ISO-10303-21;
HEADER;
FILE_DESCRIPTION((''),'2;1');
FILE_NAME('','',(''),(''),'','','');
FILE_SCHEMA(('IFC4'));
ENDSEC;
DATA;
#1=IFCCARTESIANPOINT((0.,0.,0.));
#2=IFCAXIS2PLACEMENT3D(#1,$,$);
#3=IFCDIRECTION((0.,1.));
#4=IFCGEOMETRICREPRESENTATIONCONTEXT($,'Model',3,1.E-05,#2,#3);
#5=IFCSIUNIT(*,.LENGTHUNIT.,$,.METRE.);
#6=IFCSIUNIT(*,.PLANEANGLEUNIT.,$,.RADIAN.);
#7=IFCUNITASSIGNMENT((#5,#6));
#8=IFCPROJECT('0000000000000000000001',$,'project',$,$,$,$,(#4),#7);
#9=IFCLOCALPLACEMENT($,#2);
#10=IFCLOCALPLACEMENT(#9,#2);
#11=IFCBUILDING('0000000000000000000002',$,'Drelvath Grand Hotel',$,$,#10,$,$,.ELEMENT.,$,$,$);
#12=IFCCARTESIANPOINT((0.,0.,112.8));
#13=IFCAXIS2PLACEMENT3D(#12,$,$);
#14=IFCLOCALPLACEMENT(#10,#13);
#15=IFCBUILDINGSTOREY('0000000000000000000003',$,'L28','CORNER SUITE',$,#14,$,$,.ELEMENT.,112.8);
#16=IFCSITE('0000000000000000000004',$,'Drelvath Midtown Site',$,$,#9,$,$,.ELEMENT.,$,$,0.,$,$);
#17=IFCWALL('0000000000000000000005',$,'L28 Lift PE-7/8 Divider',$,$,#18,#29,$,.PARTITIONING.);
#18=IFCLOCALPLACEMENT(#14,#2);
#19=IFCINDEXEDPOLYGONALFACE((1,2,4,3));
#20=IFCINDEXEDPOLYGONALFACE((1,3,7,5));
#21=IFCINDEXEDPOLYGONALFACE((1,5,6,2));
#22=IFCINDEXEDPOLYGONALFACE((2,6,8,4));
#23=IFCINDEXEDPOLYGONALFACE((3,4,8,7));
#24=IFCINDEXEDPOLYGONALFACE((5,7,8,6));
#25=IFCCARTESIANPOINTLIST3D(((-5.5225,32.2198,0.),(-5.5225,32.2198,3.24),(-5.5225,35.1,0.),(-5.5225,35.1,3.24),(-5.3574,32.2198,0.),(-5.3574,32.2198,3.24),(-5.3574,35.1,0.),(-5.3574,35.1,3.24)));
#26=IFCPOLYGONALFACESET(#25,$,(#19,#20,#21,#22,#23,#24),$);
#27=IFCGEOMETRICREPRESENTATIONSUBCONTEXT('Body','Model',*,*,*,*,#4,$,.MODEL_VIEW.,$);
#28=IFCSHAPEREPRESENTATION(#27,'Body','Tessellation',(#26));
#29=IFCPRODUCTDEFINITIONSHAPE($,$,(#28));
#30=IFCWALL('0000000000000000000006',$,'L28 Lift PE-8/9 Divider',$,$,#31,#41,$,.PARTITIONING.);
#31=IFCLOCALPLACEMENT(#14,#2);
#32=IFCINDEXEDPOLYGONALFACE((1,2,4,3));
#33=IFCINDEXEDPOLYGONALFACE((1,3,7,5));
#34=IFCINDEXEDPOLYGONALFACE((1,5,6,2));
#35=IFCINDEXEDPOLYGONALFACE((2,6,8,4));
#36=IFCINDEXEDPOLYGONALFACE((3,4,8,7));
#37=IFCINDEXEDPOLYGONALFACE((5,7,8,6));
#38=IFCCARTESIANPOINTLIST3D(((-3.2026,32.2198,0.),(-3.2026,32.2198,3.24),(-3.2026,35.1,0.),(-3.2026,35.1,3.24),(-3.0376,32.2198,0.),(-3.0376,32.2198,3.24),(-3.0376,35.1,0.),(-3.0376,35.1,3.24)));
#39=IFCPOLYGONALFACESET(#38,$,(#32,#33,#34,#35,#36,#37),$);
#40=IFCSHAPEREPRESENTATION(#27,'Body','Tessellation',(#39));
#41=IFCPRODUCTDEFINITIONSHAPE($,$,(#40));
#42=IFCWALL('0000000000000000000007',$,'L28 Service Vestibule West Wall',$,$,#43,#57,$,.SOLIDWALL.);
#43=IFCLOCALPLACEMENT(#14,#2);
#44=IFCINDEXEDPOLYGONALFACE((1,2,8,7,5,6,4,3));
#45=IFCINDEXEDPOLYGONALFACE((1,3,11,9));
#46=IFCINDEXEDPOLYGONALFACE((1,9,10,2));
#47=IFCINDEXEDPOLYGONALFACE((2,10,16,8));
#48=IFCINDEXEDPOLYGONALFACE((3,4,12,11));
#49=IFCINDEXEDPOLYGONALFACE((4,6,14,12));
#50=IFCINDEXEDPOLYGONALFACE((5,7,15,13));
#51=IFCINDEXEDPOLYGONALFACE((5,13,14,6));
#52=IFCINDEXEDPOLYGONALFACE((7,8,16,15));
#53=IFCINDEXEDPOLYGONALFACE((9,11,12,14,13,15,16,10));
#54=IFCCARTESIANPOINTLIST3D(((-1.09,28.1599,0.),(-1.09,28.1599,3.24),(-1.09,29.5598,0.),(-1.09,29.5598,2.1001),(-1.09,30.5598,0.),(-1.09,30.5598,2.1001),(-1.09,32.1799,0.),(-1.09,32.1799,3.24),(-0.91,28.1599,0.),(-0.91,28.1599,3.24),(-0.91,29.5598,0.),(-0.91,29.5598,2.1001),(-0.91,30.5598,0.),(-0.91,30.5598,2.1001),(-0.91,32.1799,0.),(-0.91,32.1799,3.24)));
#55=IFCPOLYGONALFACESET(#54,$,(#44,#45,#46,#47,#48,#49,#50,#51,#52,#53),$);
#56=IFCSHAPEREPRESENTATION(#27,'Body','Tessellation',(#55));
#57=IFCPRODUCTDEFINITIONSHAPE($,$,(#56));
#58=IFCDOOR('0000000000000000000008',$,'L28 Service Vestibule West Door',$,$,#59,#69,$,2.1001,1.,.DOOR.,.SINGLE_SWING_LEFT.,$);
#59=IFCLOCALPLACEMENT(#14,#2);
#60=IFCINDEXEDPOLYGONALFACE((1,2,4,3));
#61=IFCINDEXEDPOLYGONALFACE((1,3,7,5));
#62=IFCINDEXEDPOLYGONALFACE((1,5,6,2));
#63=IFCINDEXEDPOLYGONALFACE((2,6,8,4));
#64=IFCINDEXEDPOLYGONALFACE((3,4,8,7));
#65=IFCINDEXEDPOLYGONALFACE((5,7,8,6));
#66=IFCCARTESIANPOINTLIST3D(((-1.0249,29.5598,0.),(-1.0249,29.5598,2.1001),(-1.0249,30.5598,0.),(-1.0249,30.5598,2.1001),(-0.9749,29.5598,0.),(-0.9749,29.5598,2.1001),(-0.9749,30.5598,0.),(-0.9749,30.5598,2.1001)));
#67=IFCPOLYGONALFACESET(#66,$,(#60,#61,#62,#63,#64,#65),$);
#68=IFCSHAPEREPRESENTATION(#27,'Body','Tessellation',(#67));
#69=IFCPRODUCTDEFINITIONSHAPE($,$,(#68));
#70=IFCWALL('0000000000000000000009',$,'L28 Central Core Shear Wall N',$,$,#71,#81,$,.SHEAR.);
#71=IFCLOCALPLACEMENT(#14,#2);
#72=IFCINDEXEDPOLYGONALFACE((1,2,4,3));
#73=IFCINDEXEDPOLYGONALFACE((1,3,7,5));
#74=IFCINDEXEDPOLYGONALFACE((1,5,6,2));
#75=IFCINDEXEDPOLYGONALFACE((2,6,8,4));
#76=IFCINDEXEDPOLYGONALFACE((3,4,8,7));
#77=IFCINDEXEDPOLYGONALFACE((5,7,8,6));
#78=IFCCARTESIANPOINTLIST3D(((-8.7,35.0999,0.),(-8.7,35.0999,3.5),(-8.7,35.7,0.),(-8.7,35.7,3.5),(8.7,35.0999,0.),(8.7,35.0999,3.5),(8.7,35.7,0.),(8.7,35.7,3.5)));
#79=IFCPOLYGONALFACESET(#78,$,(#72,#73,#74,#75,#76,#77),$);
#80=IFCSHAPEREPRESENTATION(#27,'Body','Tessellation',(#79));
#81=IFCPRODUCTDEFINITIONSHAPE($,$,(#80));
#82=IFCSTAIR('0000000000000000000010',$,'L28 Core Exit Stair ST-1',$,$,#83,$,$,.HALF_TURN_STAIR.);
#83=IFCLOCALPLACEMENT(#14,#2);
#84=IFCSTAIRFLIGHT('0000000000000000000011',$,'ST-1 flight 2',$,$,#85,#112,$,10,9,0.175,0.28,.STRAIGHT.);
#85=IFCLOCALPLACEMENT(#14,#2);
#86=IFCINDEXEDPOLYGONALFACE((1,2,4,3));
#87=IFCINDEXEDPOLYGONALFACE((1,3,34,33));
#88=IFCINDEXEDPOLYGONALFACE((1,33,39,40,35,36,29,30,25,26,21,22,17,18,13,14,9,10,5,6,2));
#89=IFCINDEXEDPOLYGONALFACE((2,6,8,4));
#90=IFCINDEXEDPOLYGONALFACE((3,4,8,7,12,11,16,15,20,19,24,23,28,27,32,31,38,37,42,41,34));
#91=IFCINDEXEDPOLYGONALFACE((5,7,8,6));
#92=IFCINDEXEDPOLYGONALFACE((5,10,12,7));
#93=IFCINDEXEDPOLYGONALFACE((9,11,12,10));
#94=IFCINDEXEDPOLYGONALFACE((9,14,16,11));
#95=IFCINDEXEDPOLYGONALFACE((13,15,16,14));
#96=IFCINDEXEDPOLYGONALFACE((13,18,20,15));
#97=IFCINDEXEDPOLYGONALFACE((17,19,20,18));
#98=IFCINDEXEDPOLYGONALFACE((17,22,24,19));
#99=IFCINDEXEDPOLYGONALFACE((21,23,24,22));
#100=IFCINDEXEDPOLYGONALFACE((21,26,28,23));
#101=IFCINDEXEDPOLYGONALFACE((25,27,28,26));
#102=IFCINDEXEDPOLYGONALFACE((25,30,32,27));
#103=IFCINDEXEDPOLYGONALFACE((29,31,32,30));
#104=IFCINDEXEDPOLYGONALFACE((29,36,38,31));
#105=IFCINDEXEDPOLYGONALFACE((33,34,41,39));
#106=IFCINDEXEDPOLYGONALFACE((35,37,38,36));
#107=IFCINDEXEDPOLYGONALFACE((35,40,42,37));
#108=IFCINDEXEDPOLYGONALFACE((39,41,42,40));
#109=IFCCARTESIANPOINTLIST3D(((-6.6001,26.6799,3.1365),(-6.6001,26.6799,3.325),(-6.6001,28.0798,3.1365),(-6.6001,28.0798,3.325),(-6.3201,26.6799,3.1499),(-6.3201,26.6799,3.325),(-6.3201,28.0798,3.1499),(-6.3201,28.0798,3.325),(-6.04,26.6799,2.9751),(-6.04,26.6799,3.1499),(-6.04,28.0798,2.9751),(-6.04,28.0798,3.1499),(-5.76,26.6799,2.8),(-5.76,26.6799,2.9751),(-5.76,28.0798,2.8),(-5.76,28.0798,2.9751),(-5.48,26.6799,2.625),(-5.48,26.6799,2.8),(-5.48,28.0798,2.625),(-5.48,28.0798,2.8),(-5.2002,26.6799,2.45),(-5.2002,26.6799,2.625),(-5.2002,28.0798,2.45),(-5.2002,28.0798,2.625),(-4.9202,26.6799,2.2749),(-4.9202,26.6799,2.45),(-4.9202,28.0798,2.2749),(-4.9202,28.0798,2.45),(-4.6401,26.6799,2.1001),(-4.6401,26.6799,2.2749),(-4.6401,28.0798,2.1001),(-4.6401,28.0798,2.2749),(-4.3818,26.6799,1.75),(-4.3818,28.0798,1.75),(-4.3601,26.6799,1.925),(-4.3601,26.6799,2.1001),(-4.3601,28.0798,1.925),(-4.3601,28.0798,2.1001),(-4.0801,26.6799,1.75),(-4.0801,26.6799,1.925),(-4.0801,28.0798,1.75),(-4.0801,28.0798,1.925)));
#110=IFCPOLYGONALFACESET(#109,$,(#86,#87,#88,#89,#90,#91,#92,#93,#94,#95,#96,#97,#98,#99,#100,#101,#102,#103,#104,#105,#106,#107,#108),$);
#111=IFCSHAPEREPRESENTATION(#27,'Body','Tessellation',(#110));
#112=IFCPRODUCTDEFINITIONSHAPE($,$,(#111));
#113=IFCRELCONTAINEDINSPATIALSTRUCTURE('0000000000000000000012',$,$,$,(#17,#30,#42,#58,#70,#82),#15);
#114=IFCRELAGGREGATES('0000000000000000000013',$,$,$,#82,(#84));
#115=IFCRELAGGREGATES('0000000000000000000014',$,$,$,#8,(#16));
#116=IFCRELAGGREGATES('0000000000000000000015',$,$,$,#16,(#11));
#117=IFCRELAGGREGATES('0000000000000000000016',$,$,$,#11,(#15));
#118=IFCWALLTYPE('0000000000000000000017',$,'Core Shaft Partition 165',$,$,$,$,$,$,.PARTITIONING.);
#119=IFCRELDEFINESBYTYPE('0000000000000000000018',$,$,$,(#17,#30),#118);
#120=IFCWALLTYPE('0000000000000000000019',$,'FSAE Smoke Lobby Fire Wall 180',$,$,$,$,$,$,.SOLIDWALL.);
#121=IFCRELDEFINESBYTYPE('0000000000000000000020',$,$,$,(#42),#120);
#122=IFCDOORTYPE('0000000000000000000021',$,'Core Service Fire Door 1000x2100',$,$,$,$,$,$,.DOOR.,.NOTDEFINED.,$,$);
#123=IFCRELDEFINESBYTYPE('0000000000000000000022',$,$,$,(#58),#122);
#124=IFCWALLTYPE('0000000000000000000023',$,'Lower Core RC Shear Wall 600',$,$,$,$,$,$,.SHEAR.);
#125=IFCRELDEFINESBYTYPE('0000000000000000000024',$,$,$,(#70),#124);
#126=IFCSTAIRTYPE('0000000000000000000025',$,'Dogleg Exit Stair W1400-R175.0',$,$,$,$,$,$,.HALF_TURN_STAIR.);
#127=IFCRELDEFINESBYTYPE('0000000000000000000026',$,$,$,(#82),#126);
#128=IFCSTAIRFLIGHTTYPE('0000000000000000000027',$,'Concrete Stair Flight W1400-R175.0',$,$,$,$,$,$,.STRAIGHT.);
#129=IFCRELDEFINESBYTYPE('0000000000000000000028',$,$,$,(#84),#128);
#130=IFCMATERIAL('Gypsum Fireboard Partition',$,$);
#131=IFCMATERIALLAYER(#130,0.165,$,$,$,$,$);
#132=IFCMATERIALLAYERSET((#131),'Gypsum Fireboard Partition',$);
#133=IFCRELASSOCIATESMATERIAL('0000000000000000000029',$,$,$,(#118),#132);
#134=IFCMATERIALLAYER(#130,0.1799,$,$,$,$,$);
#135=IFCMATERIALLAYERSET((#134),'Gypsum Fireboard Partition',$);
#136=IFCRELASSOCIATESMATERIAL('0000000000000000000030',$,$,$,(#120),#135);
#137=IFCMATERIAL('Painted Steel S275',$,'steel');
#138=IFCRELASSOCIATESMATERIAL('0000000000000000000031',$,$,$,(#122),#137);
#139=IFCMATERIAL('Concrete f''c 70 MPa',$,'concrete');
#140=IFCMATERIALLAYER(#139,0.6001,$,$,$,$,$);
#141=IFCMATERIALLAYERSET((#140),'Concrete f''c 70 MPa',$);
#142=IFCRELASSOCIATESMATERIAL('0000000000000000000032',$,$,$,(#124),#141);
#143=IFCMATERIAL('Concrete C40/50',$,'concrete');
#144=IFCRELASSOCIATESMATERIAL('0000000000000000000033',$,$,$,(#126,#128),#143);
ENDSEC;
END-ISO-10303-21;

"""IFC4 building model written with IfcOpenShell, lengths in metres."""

from ifc_helpers import new_model, si_unit, direction, frame, frame_2d, origin, place, context, subcontext, project, spatial, polyline, rectangle, outline, extrude, material, layer, layer_set, type_object, element, fill, aggregate, save


model = new_model("IFC4")

# Units and contexts
model_context = context("Model", 3, precision=1e-05, world=origin(), true_north=direction((0.0, 1.0)))
body_context = subcontext(model_context, "Body", "Model", "MODEL_VIEW")
ifc_project = project(units=[si_unit("LENGTHUNIT", "METRE"), si_unit("PLANEANGLEUNIT", "RADIAN")], contexts=[model_context])

# Site, building, storey
site_placement = place(None, origin())
site = spatial("IfcSite", under=ifc_project, at=site_placement, Name="Drelvath Midtown Site", CompositionType="ELEMENT", RefElevation=0.0)
building_placement = place(site_placement, origin())
building = spatial("IfcBuilding", under=site, at=building_placement, Name="Drelvath Grand Hotel", CompositionType="ELEMENT")
storey_placement = place(building_placement, frame((0.0, 0.0, 112.8)))
storey = spatial("IfcBuildingStorey", under=building, at=storey_placement, Name="L28", Description="CORNER SUITE", CompositionType="ELEMENT", Elevation=112.8)

# Shared definitions
ifc_material_1 = material(Name="Concrete f'c 70 MPa", Category="concrete")

# Shared definitions
ifc_material_2 = material(Name="Painted Steel S275", Category="steel")

# Shared definitions
ifc_material_3 = material(Name="Concrete C40/50", Category="concrete")

# Walls
ifc_material_4 = material(Name="Gypsum Fireboard Partition")
ifc_layer_1 = layer(ifc_material_4, 0.165)
ifc_layer_set_1 = layer_set([ifc_layer_1], Name="Gypsum Fireboard Partition")
wall_type_1 = type_object("IfcWallType", Name="Core Shaft Partition 165", PredefinedType="PARTITIONING", material=ifc_layer_set_1)
for number, where, z_axis, x_axis, name in (
    (1, (-5.4399, 32.22, 0.0), (0.0, 0.0, 1.0), (0.0, 1.0, 0.0), "L28 Lift PE-7/8 Divider"),
    (2, (-3.1201, 32.22, 0.0), (0.0, 0.0, 1.0), (0.0, 1.0, 0.0), "L28 Lift PE-8/9 Divider"),
):
    element("IfcWall", number, at=place(storey_placement, frame(where, z_axis=z_axis, x_axis=x_axis)), inside=storey, type_object=wall_type_1, Name=name, PredefinedType="PARTITIONING", context=body_context, shape_type="SweptSolid", body=[
        extrude(rectangle(XDim=2.8801, YDim=0.165, at=frame_2d((1.4399, 0.0))), origin(), (0.0, 0.0, 1.0), 3.24),
    ])

# Wall, opening, door
ifc_layer_2 = layer(ifc_material_4, 0.1799)
ifc_layer_set_2 = layer_set([ifc_layer_2], Name="Gypsum Fireboard Partition")
wall_type_2 = type_object("IfcWallType", Name="FSAE Smoke Lobby Fire Wall 180", PredefinedType="SOLIDWALL", material=ifc_layer_set_2)
wall_1_placement = place(storey_placement, frame((-1.0, 28.1599, 0.0), z_axis=(0.0, 0.0, 1.0), x_axis=(0.0, 1.0, 0.0)))
wall_1 = element("IfcWall", 3, at=wall_1_placement, inside=storey, type_object=wall_type_2, Name="L28 Service Vestibule West Wall", PredefinedType="SOLIDWALL", context=body_context, shape_type="SweptSolid", body=[
    extrude(rectangle(XDim=4.02, YDim=0.1799, at=frame_2d((2.01, 0.0))), origin(), (0.0, 0.0, 1.0), 3.24),
])
opening_1_placement = place(wall_1_placement, frame((1.3999, 0.0, 0.0)))
opening_1 = element("IfcOpeningElement", 4, at=opening_1_placement, cuts=wall_1, PredefinedType="OPENING", context=body_context, shape_type="SweptSolid", body=[
    extrude(rectangle(XDim=1.0, YDim=2.1001, at=frame_2d((0.5, 1.05))), frame((0.0, 0.0999, 0.0), z_axis=(0.0, -1.0, 0.0), x_axis=(1.0, 0.0, 0.0)), (0.0, 0.0, 1.0), 0.2),
])
door_type_1 = type_object("IfcDoorType", Name="Core Service Fire Door 1000x2100", OperationType="NOTDEFINED", PredefinedType="DOOR", material=ifc_material_2)
door_1_placement = place(opening_1_placement, origin())
door_1 = element("IfcDoor", 5, at=door_1_placement, inside=storey, type_object=door_type_1, Name="L28 Service Vestibule West Door", OperationType="SINGLE_SWING_LEFT", OverallHeight=2.1001, OverallWidth=1.0, PredefinedType="DOOR", context=body_context, shape_type="SweptSolid", body=[
    extrude(rectangle(XDim=1.0, YDim=2.1001, at=frame_2d((0.5, 1.05))), frame((0.0, 0.0249, 0.0), z_axis=(0.0, -1.0, 0.0), x_axis=(1.0, 0.0, 0.0)), (0.0, 0.0, 1.0), 0.05),
])
fill(opening_1, door_1)

# Wall
ifc_layer_3 = layer(ifc_material_1, 0.6001)
ifc_layer_set_3 = layer_set([ifc_layer_3], Name="Concrete f'c 70 MPa")
wall_type_3 = type_object("IfcWallType", Name="Lower Core RC Shear Wall 600", PredefinedType="SHEAR", material=ifc_layer_set_3)
wall_2_placement = place(storey_placement, frame((-8.7, 35.3999, 0.0), z_axis=(0.0, 0.0, 1.0), x_axis=(1.0, 0.0, 0.0)))
element("IfcWall", 6, at=wall_2_placement, inside=storey, type_object=wall_type_3, Name="L28 Central Core Shear Wall N", PredefinedType="SHEAR", context=body_context, shape_type="SweptSolid", body=[
    extrude(rectangle(XDim=17.3999, YDim=0.6001, at=frame_2d((8.7, 0.0))), origin(), (0.0, 0.0, 1.0), 3.5),
])

# Stair, stair flight
stair_type = type_object("IfcStairType", Name="Dogleg Exit Stair W1400-R175.0", PredefinedType="HALF_TURN_STAIR", material=ifc_material_3)
stair_placement = place(storey_placement, origin())
stair = element("IfcStair", 7, at=stair_placement, inside=storey, type_object=stair_type, Name="L28 Core Exit Stair ST-1", PredefinedType="HALF_TURN_STAIR")
stair_flight_type = type_object("IfcStairFlightType", Name="Concrete Stair Flight W1400-R175.0", PredefinedType="STRAIGHT", material=ifc_material_3)
stair_flight_placement = place(storey_placement, frame((-4.0801, 27.3799, 1.75), z_axis=(0.0, 0.0, 1.0), x_axis=(-1.0, 0.0, 0.0)))
stair_flight = element("IfcStairFlight", 8, at=stair_flight_placement, type_object=stair_flight_type, Name="ST-1 flight 2", NumberOfRisers=10, NumberOfTreads=9, PredefinedType="STRAIGHT", RiserHeight=0.175, TreadLength=0.28, context=body_context, shape_type="SweptSolid", body=[
    extrude(outline(polyline([(0.0, 0.0), (0.0, 0.175), (0.28, 0.175), (0.28, 0.3501), (0.5601, 0.3501), (0.5601, 0.5249), (0.8401, 0.5249), (0.8401, 0.7), (1.1201, 0.7), (1.1201, 0.875), (1.3999, 0.875), (1.3999, 1.05), (1.6799, 1.05), (1.6799, 1.2251), (1.96, 1.2251), (1.96, 1.3999), (2.24, 1.3999), (2.24, 1.575), (2.52, 1.575), (2.52, 1.75), (2.52, 1.3865), (0.3018, 0.0), (0.0, 0.0)])), frame((0.0, 0.7, 0.0), z_axis=(0.0, -1.0, 0.0), x_axis=(1.0, 0.0, 0.0)), (0.0, 0.0, 1.0), 1.3999),
])
aggregate(stair, [stair_flight])

save(model, "model.ifc")
